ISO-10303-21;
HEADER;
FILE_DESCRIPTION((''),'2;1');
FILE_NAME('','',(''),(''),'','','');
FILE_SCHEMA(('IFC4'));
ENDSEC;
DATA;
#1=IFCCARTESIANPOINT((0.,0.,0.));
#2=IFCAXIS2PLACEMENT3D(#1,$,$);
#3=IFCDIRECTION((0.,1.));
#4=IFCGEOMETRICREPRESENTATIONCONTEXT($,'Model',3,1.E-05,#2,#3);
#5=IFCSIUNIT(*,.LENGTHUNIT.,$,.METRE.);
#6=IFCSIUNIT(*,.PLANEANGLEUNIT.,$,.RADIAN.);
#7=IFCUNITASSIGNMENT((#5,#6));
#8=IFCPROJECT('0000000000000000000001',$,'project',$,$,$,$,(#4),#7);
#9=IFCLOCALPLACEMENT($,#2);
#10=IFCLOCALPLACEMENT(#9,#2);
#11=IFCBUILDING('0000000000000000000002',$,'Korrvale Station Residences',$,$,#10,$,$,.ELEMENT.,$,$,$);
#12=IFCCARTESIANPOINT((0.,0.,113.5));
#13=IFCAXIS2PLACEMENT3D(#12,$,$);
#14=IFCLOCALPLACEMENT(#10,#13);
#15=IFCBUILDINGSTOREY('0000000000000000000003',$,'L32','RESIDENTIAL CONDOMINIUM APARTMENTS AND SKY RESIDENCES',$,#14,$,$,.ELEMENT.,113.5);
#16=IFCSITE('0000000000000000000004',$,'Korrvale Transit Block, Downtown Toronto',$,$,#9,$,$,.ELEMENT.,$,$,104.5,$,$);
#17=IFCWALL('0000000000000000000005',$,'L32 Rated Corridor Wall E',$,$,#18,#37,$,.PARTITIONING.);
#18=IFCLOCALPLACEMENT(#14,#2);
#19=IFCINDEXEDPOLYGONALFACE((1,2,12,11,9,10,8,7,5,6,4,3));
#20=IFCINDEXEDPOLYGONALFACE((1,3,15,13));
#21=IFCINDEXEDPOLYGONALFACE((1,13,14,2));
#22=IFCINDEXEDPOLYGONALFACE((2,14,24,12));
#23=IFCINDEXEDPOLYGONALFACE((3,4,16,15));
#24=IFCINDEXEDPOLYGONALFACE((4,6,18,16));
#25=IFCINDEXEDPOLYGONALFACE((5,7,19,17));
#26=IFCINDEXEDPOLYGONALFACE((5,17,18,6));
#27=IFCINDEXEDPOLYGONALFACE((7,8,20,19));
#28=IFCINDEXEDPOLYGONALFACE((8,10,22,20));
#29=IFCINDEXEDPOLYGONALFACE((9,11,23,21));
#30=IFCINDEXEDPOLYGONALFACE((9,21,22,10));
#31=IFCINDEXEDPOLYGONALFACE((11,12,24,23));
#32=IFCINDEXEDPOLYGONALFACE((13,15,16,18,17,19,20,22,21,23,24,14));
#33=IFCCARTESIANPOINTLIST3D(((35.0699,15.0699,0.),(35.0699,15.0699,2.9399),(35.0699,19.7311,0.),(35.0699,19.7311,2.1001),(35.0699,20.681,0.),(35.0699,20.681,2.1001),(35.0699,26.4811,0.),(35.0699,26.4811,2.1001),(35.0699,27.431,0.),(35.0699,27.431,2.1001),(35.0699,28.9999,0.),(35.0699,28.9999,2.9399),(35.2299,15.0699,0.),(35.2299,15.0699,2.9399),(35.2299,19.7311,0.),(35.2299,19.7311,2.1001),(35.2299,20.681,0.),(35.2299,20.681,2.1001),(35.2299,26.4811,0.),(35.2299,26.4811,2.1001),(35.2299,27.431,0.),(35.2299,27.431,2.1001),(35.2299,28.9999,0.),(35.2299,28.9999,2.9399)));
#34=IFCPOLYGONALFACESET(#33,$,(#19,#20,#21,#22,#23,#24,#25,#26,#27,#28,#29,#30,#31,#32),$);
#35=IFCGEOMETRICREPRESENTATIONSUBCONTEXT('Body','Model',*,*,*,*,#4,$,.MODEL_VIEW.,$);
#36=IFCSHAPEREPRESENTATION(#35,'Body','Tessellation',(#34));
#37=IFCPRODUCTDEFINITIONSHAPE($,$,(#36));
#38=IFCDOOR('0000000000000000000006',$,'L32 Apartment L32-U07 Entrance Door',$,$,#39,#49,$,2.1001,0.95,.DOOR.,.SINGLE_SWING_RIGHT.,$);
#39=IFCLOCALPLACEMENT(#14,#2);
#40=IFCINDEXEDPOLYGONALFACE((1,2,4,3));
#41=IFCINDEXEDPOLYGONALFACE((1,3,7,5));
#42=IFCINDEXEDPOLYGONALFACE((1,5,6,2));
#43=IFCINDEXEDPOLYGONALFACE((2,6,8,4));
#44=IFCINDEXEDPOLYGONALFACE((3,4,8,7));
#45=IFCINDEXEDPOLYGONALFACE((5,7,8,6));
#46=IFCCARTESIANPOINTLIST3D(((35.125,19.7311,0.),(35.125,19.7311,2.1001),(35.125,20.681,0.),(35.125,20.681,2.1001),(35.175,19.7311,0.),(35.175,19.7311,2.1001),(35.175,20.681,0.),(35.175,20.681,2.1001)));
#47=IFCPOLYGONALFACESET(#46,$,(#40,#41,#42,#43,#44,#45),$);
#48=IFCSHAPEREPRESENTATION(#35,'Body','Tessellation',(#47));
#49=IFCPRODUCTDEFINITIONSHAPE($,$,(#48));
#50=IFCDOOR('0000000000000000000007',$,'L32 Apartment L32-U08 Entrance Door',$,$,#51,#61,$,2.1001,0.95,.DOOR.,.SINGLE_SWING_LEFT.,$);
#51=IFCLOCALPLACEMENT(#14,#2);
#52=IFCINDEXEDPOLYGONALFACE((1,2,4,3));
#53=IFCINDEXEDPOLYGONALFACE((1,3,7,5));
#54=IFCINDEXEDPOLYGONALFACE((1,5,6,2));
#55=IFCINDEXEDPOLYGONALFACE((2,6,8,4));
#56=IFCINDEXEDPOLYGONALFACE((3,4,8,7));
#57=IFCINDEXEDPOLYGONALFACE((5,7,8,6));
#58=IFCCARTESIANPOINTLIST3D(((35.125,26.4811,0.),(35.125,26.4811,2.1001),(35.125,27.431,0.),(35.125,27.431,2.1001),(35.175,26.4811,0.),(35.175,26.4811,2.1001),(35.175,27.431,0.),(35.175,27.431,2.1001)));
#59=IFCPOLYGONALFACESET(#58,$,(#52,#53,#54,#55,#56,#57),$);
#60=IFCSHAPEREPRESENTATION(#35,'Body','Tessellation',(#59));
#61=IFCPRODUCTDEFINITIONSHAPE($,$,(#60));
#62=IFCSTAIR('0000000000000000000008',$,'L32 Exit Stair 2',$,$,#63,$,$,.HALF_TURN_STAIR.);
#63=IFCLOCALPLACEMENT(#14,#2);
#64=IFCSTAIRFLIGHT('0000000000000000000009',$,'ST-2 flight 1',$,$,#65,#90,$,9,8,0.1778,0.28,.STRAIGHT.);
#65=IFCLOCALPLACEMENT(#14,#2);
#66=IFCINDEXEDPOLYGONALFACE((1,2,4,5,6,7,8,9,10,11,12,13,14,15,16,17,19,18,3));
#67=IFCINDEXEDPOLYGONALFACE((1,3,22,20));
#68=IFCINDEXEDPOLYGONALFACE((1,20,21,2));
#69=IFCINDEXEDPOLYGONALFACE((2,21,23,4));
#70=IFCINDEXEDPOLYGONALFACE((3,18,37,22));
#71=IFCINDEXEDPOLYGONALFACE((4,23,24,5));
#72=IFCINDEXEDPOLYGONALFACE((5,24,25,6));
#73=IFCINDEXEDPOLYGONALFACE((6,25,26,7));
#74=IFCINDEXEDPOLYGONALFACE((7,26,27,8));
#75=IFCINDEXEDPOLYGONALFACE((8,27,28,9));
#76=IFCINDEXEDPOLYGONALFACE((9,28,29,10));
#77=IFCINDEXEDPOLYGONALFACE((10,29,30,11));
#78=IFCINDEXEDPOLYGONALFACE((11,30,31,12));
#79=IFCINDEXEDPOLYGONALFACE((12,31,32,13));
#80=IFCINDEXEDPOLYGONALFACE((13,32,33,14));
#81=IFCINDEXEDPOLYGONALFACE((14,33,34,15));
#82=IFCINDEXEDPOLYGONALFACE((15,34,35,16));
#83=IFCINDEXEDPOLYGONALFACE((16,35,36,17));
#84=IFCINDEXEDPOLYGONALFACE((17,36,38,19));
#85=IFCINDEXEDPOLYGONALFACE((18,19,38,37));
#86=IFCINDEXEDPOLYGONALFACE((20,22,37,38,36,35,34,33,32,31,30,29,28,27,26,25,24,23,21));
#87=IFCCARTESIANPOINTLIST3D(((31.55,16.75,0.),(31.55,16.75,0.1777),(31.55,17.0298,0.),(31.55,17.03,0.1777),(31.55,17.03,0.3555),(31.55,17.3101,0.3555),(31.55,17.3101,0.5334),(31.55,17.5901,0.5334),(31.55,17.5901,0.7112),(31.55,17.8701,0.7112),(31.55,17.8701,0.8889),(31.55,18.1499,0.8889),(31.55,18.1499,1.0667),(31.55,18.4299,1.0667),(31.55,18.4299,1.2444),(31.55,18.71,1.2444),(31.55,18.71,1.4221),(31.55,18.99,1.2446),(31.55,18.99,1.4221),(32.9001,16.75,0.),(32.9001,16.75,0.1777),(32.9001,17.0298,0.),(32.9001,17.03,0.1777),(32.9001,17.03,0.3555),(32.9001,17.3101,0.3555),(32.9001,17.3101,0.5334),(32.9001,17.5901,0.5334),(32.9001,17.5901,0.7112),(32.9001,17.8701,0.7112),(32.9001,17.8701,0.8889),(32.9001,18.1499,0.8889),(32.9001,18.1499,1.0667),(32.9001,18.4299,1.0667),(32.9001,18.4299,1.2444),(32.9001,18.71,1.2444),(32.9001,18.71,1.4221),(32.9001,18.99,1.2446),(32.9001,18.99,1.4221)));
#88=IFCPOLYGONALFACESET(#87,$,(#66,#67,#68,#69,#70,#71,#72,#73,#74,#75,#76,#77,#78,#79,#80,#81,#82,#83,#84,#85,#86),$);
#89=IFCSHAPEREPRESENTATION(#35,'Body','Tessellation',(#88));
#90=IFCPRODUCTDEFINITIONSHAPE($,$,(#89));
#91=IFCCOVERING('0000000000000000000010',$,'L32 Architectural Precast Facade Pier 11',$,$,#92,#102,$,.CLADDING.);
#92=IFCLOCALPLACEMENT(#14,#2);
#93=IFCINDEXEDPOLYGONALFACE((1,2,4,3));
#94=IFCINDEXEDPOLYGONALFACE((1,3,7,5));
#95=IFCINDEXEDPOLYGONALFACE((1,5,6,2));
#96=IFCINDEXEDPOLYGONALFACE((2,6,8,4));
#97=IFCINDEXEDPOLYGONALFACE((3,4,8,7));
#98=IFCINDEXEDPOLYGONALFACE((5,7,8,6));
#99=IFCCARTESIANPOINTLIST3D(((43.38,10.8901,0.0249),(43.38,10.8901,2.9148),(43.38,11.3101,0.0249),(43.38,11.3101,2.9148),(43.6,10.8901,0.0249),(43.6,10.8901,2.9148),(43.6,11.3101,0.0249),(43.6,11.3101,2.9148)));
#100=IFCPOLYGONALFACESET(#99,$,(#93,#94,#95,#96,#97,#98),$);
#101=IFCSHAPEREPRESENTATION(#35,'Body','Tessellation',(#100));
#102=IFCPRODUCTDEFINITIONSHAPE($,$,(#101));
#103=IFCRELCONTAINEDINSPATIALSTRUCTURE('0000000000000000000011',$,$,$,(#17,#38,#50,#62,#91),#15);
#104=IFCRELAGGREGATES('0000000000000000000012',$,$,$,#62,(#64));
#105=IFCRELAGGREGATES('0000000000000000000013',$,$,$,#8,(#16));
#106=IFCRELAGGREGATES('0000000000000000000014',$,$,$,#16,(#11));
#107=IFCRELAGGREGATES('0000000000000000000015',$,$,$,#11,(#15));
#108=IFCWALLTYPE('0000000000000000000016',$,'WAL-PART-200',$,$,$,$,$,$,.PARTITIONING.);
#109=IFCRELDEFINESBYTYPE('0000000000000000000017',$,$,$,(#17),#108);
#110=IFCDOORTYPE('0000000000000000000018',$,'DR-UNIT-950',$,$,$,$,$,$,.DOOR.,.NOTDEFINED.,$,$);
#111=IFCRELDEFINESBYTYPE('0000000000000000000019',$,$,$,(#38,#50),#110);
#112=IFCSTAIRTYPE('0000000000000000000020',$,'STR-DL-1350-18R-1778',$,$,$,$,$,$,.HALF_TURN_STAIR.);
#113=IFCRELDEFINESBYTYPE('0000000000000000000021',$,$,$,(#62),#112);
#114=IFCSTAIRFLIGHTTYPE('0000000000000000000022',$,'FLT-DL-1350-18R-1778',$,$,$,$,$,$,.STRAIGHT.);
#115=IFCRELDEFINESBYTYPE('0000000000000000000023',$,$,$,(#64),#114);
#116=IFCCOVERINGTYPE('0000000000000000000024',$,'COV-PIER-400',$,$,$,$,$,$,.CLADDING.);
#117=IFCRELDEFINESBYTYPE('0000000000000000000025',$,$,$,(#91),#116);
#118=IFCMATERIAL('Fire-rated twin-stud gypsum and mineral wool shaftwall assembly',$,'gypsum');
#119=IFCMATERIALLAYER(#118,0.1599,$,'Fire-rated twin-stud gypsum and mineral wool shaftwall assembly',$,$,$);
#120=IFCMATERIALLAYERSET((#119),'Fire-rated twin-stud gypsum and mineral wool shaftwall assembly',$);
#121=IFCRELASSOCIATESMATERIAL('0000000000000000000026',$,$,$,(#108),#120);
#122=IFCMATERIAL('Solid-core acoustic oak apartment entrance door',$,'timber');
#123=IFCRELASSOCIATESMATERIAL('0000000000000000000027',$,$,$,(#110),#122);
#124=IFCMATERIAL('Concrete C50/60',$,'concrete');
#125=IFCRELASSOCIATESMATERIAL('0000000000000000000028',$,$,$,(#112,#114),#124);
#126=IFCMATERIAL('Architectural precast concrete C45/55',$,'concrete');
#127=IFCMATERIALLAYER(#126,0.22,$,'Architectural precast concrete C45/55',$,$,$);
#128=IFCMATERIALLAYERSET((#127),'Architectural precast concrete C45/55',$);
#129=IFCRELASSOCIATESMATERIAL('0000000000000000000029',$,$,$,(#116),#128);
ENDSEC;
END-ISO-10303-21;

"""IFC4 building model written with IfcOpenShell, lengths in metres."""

from ifc_helpers import new_model, si_unit, direction, frame, frame_2d, origin, origin_2d, place, context, subcontext, project, spatial, polyline, rectangle, outline, extrude, material, layer, layer_set, type_object, element, fill, aggregate, save


model = new_model("IFC4")

# Units and contexts
model_context = context("Model", 3, precision=1e-05, world=origin(), true_north=direction((0.0, 1.0)))
body_context = subcontext(model_context, "Body", "Model", "MODEL_VIEW")
ifc_project = project(units=[si_unit("LENGTHUNIT", "METRE"), si_unit("PLANEANGLEUNIT", "RADIAN")], contexts=[model_context])

# Site, building, storey
site_placement = place(None, origin())
site = spatial("IfcSite", under=ifc_project, at=site_placement, Name="Korrvale Transit Block, Downtown Toronto", CompositionType="ELEMENT", RefElevation=104.5)
building_placement = place(site_placement, origin())
building = spatial("IfcBuilding", under=site, at=building_placement, Name="Korrvale Station Residences", CompositionType="ELEMENT")
storey_placement = place(building_placement, frame((0.0, 0.0, 113.5)))
storey = spatial("IfcBuildingStorey", under=building, at=storey_placement, Name="L32", Description="RESIDENTIAL CONDOMINIUM APARTMENTS AND SKY RESIDENCES", CompositionType="ELEMENT", Elevation=113.5)

# Shared definitions
ifc_material_1 = material(Name="Fire-rated twin-stud gypsum and mineral wool shaftwall assembly", Category="gypsum")
ifc_layer_1 = layer(ifc_material_1, 0.1599, Name="Fire-rated twin-stud gypsum and mineral wool shaftwall assembly")
ifc_layer_set_1 = layer_set([ifc_layer_1], Name="Fire-rated twin-stud gypsum and mineral wool shaftwall assembly")
wall_type_1 = type_object("IfcWallType", Name="WAL-PART-200", PredefinedType="PARTITIONING", material=ifc_layer_set_1)

# Wall, openings, doors
wall_1_placement = place(storey_placement, frame((35.1499, 15.0701, 0.0), z_axis=(0.0, 0.0, 1.0), x_axis=(0.0, 1.0, 0.0)))
wall_1 = element("IfcWall", 1, at=wall_1_placement, inside=storey, type_object=wall_type_1, Name="L32 Rated Corridor Wall E", PredefinedType="PARTITIONING", context=body_context, shape_type="SweptSolid", body=[
    extrude(rectangle(XDim=13.9299, YDim=0.1599, at=frame_2d((6.9648, 0.0))), origin(), (0.0, 0.0, 1.0), 2.9399),
])
opening_1_placement = place(wall_1_placement, frame((4.6609, 0.0, 0.0)))
opening_1 = element("IfcOpeningElement", 2, at=opening_1_placement, cuts=wall_1, PredefinedType="OPENING", context=body_context, shape_type="SweptSolid", body=[
    extrude(rectangle(XDim=0.95, YDim=2.1001, at=frame_2d((0.4751, 1.05))), frame((0.0, 0.0898, 0.0), z_axis=(0.0, -1.0, 0.0), x_axis=(1.0, 0.0, 0.0)), (0.0, 0.0, 1.0), 0.1799),
])
opening_2_placement = place(wall_1_placement, frame((11.4109, 0.0, 0.0)))
opening_2 = element("IfcOpeningElement", 3, at=opening_2_placement, cuts=wall_1, PredefinedType="OPENING", context=body_context, shape_type="SweptSolid", body=[
    extrude(rectangle(XDim=0.95, YDim=2.1001, at=frame_2d((0.4751, 1.05))), frame((0.0, 0.0898, 0.0), z_axis=(0.0, -1.0, 0.0), x_axis=(1.0, 0.0, 0.0)), (0.0, 0.0, 1.0), 0.1799),
])
ifc_material_2 = material(Name="Solid-core acoustic oak apartment entrance door", Category="timber")
door_type_1 = type_object("IfcDoorType", Name="DR-UNIT-950", OperationType="NOTDEFINED", PredefinedType="DOOR", material=ifc_material_2)
door_1_placement = place(opening_1_placement, origin())
door_1 = element("IfcDoor", 4, at=door_1_placement, inside=storey, type_object=door_type_1, Name="L32 Apartment L32-U07 Entrance Door", OperationType="SINGLE_SWING_RIGHT", OverallHeight=2.1001, OverallWidth=0.95, PredefinedType="DOOR", context=body_context, shape_type="SweptSolid", body=[
    extrude(rectangle(XDim=0.95, YDim=2.1001, at=frame_2d((0.4751, 1.05))), frame((0.0, 0.0249, 0.0), z_axis=(0.0, -1.0, 0.0), x_axis=(1.0, 0.0, 0.0)), (0.0, 0.0, 1.0), 0.05),
])
fill(opening_1, door_1)
door_2_placement = place(opening_2_placement, origin())
door_2 = element("IfcDoor", 5, at=door_2_placement, inside=storey, type_object=door_type_1, Name="L32 Apartment L32-U08 Entrance Door", OperationType="SINGLE_SWING_LEFT", OverallHeight=2.1001, OverallWidth=0.95, PredefinedType="DOOR", context=body_context, shape_type="SweptSolid", body=[
    extrude(rectangle(XDim=0.95, YDim=2.1001, at=frame_2d((0.4751, 1.05))), frame((0.0, 0.0249, 0.0), z_axis=(0.0, -1.0, 0.0), x_axis=(1.0, 0.0, 0.0)), (0.0, 0.0, 1.0), 0.05),
])
fill(opening_2, door_2)

# Stair, stair flight
ifc_material_3 = material(Name="Concrete C50/60", Category="concrete")
stair_type = type_object("IfcStairType", Name="STR-DL-1350-18R-1778", PredefinedType="HALF_TURN_STAIR", material=ifc_material_3)
stair_placement = place(storey_placement, origin())
stair = element("IfcStair", 6, at=stair_placement, inside=storey, type_object=stair_type, Name="L32 Exit Stair 2", PredefinedType="HALF_TURN_STAIR")
stair_flight_type = type_object("IfcStairFlightType", Name="FLT-DL-1350-18R-1778", PredefinedType="STRAIGHT", material=ifc_material_3)
stair_flight_placement = place(storey_placement, frame((32.2251, 16.75, 0.0), z_axis=(0.0, 0.0, 1.0), x_axis=(0.0, 1.0, 0.0)))
stair_flight = element("IfcStairFlight", 7, at=stair_flight_placement, type_object=stair_flight_type, Name="ST-2 flight 1", NumberOfRisers=9, NumberOfTreads=8, PredefinedType="STRAIGHT", RiserHeight=0.1778, TreadLength=0.28, context=body_context, shape_type="SweptSolid", body=[
    extrude(outline(polyline([(0.0, 0.0), (0.0, 0.1777), (0.28, 0.1777), (0.28, 0.3555), (0.5601, 0.3555), (0.5601, 0.5334), (0.8401, 0.5334), (0.8401, 0.7112), (1.1201, 0.7112), (1.1201, 0.8889), (1.3999, 0.8889), (1.3999, 1.0667), (1.6799, 1.0667), (1.6799, 1.2444), (1.96, 1.2444), (1.96, 1.4221), (2.24, 1.4221), (2.24, 1.6001), (2.24, 1.2446), (0.2798, 0.0), (0.0, 0.0)])), frame((0.0, 0.675, 0.0), z_axis=(0.0, -1.0, 0.0), x_axis=(1.0, 0.0, 0.0)), (0.0, 0.0, 1.0), 1.3501),
])
aggregate(stair, [stair_flight])

# Covering
ifc_material_4 = material(Name="Architectural precast concrete C45/55", Category="concrete")
ifc_layer_2 = layer(ifc_material_4, 0.22, Name="Architectural precast concrete C45/55")
ifc_layer_set_2 = layer_set([ifc_layer_2], Name="Architectural precast concrete C45/55")
covering_type = type_object("IfcCoveringType", Name="COV-PIER-400", PredefinedType="CLADDING", material=ifc_layer_set_2)
covering_placement = place(storey_placement, frame((43.49, 11.1001, 0.0249), z_axis=(0.0, 0.0, 1.0), x_axis=(0.0, 1.0, 0.0)))
element("IfcCovering", 8, at=covering_placement, inside=storey, type_object=covering_type, Name="L32 Architectural Precast Facade Pier 11", PredefinedType="CLADDING", context=body_context, shape_type="SweptSolid", body=[
    extrude(rectangle(XDim=0.4199, YDim=0.22, at=origin_2d()), origin(), (0.0, 0.0, 1.0), 2.8899),
])

save(model, "model.ifc")
